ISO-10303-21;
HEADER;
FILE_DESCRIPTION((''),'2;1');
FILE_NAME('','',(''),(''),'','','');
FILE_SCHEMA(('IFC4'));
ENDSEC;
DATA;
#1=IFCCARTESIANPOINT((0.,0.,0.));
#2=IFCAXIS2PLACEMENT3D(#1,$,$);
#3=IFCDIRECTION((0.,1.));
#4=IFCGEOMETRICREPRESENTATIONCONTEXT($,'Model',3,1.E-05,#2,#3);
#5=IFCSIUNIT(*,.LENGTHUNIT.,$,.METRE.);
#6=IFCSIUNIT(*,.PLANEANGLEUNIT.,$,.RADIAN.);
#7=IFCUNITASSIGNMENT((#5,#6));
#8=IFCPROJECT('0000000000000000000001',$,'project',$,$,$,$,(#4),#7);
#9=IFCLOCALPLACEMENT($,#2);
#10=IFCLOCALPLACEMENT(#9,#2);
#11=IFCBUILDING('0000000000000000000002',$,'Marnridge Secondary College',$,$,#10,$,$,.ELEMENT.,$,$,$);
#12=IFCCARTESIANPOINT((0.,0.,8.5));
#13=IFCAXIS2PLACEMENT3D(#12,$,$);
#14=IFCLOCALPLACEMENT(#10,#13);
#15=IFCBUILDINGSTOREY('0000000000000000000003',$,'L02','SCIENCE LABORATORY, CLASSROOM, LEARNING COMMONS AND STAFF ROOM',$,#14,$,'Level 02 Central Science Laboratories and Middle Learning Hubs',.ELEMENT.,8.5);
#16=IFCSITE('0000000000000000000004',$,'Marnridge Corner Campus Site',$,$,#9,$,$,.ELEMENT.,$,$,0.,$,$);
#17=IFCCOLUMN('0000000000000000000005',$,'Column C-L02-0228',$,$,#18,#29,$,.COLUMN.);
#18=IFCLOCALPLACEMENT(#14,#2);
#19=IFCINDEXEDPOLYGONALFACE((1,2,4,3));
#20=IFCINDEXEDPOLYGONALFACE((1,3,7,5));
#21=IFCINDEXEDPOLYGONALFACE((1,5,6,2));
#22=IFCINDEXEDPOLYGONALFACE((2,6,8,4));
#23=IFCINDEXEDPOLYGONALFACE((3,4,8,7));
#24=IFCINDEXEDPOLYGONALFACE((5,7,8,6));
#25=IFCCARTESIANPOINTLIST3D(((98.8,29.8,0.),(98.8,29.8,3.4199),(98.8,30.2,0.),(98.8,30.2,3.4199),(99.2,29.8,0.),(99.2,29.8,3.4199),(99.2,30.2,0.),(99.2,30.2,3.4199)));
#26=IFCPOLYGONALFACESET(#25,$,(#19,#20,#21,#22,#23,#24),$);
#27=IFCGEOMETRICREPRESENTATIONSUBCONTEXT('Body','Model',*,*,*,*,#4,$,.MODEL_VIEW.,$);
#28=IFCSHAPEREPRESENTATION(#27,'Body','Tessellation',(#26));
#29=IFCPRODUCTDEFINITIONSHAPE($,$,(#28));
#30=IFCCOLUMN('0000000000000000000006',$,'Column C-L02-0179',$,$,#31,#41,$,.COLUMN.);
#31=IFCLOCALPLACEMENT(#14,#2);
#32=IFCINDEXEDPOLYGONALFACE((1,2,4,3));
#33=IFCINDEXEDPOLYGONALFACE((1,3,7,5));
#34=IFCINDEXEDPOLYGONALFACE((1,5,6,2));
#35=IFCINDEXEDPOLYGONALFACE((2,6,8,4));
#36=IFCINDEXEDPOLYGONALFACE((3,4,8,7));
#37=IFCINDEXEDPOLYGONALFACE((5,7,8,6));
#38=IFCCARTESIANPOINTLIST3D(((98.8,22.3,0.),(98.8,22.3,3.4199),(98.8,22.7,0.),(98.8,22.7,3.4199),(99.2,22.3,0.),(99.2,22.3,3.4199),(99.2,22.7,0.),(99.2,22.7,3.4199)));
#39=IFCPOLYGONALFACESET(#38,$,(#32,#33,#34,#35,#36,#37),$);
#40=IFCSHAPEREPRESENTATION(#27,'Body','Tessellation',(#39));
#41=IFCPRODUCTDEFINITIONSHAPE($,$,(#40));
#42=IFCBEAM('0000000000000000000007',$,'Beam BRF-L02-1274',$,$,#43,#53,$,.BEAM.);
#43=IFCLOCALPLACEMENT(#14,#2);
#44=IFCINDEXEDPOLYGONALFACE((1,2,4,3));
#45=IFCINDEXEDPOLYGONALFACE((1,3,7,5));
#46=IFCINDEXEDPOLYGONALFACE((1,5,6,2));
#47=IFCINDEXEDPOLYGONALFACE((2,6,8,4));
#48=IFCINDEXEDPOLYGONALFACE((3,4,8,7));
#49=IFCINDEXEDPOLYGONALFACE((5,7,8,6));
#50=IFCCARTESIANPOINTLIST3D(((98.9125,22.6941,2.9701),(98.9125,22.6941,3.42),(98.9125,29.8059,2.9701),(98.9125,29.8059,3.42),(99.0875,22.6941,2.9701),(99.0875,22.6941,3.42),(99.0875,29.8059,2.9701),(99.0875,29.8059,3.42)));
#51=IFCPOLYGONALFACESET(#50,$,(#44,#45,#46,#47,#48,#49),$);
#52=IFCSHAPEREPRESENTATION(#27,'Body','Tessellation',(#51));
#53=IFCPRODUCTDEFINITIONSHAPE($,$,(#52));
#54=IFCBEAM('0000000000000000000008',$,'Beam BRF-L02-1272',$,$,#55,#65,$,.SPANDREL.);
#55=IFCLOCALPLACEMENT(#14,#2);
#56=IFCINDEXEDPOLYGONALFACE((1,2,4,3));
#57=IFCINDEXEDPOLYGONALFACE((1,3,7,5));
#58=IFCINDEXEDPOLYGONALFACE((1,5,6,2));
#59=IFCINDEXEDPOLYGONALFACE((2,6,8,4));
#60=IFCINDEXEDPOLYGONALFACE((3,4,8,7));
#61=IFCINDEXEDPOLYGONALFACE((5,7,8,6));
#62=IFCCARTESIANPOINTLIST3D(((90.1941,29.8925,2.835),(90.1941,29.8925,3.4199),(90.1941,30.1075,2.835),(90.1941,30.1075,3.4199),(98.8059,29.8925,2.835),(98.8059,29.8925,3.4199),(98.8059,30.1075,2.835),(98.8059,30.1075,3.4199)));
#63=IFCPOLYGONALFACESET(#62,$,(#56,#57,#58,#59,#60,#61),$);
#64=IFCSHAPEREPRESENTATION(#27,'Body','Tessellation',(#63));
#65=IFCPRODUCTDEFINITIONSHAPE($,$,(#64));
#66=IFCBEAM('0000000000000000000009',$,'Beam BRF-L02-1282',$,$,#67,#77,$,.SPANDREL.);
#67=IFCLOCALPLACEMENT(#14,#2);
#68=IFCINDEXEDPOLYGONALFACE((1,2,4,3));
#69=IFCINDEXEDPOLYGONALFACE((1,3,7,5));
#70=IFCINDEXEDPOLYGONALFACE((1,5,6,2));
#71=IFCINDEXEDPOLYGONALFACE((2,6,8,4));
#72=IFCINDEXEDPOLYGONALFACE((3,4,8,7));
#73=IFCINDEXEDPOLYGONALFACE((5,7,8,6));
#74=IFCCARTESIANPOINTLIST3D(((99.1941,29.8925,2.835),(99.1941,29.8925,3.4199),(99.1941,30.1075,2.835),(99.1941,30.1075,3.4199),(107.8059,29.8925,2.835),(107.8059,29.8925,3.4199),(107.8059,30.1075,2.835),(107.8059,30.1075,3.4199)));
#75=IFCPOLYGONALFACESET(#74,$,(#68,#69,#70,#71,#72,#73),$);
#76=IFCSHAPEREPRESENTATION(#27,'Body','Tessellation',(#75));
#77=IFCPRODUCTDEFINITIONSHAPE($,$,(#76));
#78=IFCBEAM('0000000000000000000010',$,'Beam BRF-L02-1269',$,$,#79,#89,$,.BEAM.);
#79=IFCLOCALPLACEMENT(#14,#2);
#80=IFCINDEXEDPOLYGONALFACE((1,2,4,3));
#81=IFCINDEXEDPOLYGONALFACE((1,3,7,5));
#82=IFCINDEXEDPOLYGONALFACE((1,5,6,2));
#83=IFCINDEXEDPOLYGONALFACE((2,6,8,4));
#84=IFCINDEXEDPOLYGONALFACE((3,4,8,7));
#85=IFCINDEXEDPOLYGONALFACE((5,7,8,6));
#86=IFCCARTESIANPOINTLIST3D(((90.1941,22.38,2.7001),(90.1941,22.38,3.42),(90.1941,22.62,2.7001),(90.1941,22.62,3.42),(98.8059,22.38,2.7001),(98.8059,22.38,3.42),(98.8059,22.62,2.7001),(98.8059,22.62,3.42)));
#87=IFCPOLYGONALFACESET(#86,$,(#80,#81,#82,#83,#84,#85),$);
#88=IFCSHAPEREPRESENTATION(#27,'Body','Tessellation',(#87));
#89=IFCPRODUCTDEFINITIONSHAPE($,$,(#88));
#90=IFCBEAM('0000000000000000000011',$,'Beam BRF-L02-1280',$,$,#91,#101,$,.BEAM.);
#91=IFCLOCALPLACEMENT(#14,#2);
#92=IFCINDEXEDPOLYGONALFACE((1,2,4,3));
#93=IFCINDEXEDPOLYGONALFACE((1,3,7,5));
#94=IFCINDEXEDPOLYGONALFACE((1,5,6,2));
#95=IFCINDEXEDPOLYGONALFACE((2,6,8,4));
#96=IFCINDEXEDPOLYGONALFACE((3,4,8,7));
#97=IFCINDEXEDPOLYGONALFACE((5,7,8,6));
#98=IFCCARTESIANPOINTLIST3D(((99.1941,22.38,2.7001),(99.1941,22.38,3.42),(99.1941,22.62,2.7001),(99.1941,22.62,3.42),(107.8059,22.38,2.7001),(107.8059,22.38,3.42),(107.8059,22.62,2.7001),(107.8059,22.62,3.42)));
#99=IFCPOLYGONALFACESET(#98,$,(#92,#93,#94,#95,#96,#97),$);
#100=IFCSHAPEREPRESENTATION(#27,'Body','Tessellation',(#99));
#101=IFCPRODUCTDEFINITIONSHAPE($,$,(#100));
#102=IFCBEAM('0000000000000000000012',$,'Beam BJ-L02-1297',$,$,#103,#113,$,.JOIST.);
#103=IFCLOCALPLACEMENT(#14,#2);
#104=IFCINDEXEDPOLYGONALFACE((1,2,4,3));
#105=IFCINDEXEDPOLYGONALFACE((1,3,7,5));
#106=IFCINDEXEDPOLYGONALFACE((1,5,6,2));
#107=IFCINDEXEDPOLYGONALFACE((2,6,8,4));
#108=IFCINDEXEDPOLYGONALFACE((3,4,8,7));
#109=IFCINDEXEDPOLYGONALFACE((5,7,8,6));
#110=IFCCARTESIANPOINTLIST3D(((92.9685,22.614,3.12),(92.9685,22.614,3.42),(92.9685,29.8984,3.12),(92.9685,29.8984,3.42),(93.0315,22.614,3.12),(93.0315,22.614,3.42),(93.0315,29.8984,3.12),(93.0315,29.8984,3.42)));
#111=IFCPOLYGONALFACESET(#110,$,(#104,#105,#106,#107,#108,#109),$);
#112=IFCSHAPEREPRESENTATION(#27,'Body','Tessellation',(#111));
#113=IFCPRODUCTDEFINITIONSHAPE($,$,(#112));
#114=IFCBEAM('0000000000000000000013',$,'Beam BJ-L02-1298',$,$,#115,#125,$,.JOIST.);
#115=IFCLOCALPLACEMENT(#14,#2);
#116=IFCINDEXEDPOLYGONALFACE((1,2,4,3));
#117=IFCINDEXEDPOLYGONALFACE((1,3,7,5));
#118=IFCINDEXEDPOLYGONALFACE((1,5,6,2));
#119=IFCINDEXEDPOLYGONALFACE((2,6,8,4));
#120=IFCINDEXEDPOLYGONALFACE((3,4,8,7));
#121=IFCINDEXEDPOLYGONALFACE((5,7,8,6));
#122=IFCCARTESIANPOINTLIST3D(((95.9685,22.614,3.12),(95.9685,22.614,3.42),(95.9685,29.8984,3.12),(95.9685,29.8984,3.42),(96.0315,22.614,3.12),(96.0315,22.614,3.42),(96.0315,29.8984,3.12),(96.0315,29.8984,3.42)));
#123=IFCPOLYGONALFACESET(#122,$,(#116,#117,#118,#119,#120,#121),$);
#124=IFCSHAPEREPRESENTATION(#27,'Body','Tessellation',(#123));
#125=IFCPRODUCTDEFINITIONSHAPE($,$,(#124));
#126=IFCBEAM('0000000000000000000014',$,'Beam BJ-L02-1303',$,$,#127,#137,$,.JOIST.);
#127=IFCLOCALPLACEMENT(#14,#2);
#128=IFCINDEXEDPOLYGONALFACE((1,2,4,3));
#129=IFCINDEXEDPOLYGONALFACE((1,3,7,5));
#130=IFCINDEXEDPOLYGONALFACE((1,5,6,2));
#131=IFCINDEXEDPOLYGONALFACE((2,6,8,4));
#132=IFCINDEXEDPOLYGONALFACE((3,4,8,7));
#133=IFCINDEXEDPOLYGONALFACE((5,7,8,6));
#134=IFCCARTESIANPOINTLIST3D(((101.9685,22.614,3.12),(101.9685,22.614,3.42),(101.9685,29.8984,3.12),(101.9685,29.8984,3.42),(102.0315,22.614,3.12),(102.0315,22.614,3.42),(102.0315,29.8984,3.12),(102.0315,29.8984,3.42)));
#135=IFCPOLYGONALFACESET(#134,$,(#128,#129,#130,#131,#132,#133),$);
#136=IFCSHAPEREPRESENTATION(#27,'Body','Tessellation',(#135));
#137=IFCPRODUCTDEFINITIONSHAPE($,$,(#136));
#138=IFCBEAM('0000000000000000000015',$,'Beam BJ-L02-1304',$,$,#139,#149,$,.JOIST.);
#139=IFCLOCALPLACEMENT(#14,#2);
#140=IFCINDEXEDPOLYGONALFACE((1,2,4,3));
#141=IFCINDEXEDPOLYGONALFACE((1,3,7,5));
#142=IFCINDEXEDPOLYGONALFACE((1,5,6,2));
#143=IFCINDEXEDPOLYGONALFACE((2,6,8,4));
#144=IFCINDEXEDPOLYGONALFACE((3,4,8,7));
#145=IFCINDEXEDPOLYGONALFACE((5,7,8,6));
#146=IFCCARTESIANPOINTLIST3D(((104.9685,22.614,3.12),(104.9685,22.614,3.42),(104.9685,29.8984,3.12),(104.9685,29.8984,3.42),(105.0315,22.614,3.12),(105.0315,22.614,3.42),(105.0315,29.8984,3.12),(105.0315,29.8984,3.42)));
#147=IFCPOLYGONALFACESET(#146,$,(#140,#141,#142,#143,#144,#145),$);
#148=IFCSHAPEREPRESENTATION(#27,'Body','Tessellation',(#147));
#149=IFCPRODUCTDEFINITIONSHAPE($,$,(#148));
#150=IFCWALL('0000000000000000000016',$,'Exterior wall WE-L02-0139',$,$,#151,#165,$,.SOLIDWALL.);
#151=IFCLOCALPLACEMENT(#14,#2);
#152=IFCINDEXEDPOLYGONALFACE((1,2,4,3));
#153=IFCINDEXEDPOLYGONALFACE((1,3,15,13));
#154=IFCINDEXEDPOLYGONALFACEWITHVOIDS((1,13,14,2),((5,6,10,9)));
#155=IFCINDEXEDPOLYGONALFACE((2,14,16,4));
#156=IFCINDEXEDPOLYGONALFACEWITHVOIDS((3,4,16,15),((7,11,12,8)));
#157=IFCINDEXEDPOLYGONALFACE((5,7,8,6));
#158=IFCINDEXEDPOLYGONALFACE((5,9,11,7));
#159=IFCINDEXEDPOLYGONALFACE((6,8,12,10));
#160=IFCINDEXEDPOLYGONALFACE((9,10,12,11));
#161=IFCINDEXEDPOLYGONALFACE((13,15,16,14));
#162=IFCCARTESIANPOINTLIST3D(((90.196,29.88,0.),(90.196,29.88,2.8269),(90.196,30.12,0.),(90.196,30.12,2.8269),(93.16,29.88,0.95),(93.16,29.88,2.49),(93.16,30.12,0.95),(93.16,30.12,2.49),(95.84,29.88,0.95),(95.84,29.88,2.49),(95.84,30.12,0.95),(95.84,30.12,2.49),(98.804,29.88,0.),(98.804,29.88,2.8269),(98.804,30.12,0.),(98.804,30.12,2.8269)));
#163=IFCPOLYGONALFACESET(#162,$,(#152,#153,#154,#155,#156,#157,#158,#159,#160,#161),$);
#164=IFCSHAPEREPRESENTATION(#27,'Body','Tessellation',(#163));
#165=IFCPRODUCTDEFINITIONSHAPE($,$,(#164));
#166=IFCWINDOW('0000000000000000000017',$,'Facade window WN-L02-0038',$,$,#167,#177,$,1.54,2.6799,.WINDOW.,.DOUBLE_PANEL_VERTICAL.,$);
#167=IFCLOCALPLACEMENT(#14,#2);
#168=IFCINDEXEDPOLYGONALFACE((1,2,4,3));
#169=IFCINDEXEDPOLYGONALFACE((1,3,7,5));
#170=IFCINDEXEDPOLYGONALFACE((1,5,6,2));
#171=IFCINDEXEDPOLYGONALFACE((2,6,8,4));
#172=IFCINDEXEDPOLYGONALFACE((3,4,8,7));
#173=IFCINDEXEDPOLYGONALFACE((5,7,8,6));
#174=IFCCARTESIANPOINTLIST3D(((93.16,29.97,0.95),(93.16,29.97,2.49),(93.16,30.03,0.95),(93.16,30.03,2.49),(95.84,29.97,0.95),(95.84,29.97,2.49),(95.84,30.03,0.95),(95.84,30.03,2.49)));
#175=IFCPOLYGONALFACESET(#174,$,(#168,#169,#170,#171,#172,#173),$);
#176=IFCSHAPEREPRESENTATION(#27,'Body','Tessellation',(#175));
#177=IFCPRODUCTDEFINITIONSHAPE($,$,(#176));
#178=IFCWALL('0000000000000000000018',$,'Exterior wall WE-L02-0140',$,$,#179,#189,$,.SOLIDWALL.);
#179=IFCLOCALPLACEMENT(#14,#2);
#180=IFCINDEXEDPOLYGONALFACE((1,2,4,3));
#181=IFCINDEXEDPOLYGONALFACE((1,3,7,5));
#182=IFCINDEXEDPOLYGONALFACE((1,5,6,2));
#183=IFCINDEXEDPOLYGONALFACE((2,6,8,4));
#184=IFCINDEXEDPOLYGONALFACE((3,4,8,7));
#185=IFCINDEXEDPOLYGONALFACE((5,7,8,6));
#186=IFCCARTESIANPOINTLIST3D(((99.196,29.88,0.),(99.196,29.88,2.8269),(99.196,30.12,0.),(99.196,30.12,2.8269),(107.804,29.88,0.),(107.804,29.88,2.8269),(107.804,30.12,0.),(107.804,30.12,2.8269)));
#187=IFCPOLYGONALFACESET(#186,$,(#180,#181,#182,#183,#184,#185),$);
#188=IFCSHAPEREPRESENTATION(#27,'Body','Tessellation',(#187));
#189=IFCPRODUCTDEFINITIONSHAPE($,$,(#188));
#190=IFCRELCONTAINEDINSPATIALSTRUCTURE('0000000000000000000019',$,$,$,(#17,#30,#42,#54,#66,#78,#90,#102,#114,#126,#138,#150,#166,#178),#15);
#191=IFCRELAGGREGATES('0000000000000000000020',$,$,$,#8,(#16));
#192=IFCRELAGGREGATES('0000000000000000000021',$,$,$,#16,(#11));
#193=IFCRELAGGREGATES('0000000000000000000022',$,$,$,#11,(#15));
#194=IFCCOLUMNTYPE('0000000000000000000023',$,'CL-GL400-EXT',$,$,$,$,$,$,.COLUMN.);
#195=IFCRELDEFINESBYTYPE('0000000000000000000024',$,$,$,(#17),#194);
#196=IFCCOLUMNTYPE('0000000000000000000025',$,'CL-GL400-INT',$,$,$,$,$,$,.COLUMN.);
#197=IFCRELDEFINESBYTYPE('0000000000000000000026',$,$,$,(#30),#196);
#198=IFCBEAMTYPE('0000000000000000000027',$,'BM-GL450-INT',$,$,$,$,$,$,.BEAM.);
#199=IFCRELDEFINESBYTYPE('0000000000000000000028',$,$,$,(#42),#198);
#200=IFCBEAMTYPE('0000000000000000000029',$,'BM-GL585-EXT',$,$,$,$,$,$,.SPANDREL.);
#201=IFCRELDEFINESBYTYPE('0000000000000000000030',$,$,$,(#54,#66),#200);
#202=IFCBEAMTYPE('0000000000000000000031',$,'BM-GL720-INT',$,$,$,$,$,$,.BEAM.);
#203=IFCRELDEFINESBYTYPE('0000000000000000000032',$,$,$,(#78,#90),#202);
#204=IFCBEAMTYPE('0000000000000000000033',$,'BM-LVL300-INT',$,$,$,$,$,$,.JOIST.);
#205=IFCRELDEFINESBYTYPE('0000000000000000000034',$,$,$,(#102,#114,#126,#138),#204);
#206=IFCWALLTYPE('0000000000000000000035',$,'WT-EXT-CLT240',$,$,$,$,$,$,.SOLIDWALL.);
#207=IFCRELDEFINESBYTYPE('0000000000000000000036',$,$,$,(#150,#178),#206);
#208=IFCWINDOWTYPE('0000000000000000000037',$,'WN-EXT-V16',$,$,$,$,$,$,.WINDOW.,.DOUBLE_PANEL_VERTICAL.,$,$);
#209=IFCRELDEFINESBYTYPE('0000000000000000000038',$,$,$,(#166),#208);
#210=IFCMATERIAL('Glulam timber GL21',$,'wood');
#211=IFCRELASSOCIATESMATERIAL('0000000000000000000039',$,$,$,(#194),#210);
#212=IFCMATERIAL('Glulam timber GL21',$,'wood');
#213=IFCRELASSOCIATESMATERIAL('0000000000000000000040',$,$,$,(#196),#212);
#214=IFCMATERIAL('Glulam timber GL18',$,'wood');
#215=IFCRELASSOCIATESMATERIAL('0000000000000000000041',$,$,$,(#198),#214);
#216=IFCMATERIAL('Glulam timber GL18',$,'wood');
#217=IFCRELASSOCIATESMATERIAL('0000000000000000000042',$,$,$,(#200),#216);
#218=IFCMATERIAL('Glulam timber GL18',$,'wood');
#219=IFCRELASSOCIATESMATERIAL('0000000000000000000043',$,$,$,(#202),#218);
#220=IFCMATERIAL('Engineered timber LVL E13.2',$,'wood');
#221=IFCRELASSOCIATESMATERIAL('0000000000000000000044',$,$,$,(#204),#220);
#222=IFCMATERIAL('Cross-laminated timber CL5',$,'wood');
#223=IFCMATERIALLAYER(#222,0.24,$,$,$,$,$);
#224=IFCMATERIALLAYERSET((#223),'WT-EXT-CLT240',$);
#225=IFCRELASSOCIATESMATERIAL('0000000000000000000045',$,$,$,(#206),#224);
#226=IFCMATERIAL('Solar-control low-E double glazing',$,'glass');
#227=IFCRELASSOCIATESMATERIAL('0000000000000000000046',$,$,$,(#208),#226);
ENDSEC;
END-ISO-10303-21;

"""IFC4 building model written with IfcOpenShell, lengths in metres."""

from ifc_helpers import new_model, si_unit, direction, frame, frame_2d, origin, origin_2d, place, context, subcontext, project, spatial, rectangle, extrude, material, layer, layer_set, material_profile, profile_set, type_object, element, fill, save


model = new_model("IFC4")

# Units and contexts
model_context = context("Model", 3, precision=1e-05, world=origin(), true_north=direction((0.0, 1.0)))
body_context = subcontext(model_context, "Body", "Model", "MODEL_VIEW")
ifc_project = project(units=[si_unit("LENGTHUNIT", "METRE"), si_unit("PLANEANGLEUNIT", "RADIAN")], contexts=[model_context])

# Site, building, storey
site_placement = place(None, origin())
site = spatial("IfcSite", under=ifc_project, at=site_placement, Name="Marnridge Corner Campus Site", CompositionType="ELEMENT", RefElevation=0.0)
building_placement = place(site_placement, origin())
building = spatial("IfcBuilding", under=site, at=building_placement, Name="Marnridge Secondary College", CompositionType="ELEMENT")
storey_placement = place(building_placement, frame((0.0, 0.0, 8.5)))
storey = spatial("IfcBuildingStorey", under=building, at=storey_placement, Name="L02", Description="SCIENCE LABORATORY, CLASSROOM, LEARNING COMMONS AND STAFF ROOM", LongName="Level 02 Central Science Laboratories and Middle Learning Hubs", CompositionType="ELEMENT", Elevation=8.5)

# Columns
ifc_material_1 = material(Name="Glulam timber GL21", Category="wood")
ifc_material_profile_1 = material_profile(ifc_material_1, rectangle(XDim=0.3999, YDim=0.3999, at=origin_2d()), Name="GL21 400x400")
ifc_profile_set_1 = profile_set([ifc_material_profile_1], Name="Glulam timber GL21")
column_type_1 = type_object("IfcColumnType", Name="CL-GL400-EXT", PredefinedType="COLUMN", material=ifc_profile_set_1)
column_1_placement = place(storey_placement, frame((99.0, 30.0, 0.0), z_axis=(0.0, 0.0, 1.0), x_axis=(1.0, 0.0, 0.0)))
element("IfcColumn", 1, at=column_1_placement, inside=storey, type_object=column_type_1, Name="Column C-L02-0228", PredefinedType="COLUMN", context=body_context, shape_type="SweptSolid", body=[
    extrude(rectangle(XDim=0.3999, YDim=0.3999, at=origin_2d()), origin(), (0.0, 0.0, 1.0), 3.4199),
])
ifc_material_2 = material(Name="Glulam timber GL21", Category="wood")
ifc_material_profile_2 = material_profile(ifc_material_2, rectangle(XDim=0.3999, YDim=0.3999, at=origin_2d()), Name="GL21 400x400")
ifc_profile_set_2 = profile_set([ifc_material_profile_2], Name="Glulam timber GL21")
column_type_2 = type_object("IfcColumnType", Name="CL-GL400-INT", PredefinedType="COLUMN", material=ifc_profile_set_2)
column_2_placement = place(storey_placement, frame((99.0, 22.5, 0.0), z_axis=(0.0, 0.0, 1.0), x_axis=(1.0, 0.0, 0.0)))
element("IfcColumn", 2, at=column_2_placement, inside=storey, type_object=column_type_2, Name="Column C-L02-0179", PredefinedType="COLUMN", context=body_context, shape_type="SweptSolid", body=[
    extrude(rectangle(XDim=0.3999, YDim=0.3999, at=origin_2d()), origin(), (0.0, 0.0, 1.0), 3.4199),
])

# Beams
ifc_material_3 = material(Name="Glulam timber GL18", Category="wood")
ifc_material_profile_3 = material_profile(ifc_material_3, rectangle(XDim=0.175, YDim=0.45, at=origin_2d()), Name="GL18 175x450")
ifc_profile_set_3 = profile_set([ifc_material_profile_3], Name="Glulam timber GL18")
beam_type_1 = type_object("IfcBeamType", Name="BM-GL450-INT", PredefinedType="BEAM", material=ifc_profile_set_3)
beam_placement = place(storey_placement, frame((99.0, 22.6941, 3.1951), z_axis=(0.0, 1.0, 0.0), x_axis=(-1.0, 0.0, 0.0)))
element("IfcBeam", 3, at=beam_placement, inside=storey, type_object=beam_type_1, Name="Beam BRF-L02-1274", PredefinedType="BEAM", context=body_context, shape_type="SweptSolid", body=[
    extrude(rectangle(XDim=0.175, YDim=0.45, at=origin_2d()), origin(), (0.0, 0.0, 1.0), 7.1118),
])
ifc_material_4 = material(Name="Glulam timber GL18", Category="wood")
ifc_material_profile_4 = material_profile(ifc_material_4, rectangle(XDim=0.2151, YDim=0.585, at=origin_2d()), Name="GL18 215x585")
ifc_profile_set_4 = profile_set([ifc_material_profile_4], Name="Glulam timber GL18")
beam_type_2 = type_object("IfcBeamType", Name="BM-GL585-EXT", PredefinedType="SPANDREL", material=ifc_profile_set_4)
for number, where, z_axis, x_axis, name in (
    (4, (90.1941, 30.0, 3.1274), (1.0, 0.0, 0.0), (0.0, 1.0, 0.0), "Beam BRF-L02-1272"),
    (5, (99.1941, 30.0, 3.1274), (1.0, 0.0, 0.0), (0.0, 1.0, 0.0), "Beam BRF-L02-1282"),
):
    element("IfcBeam", number, at=place(storey_placement, frame(where, z_axis=z_axis, x_axis=x_axis)), inside=storey, type_object=beam_type_2, Name=name, PredefinedType="SPANDREL", context=body_context, shape_type="SweptSolid", body=[
        extrude(rectangle(XDim=0.2151, YDim=0.585, at=origin_2d()), origin(), (0.0, 0.0, 1.0), 8.6118),
    ])
ifc_material_5 = material(Name="Glulam timber GL18", Category="wood")
ifc_material_profile_5 = material_profile(ifc_material_5, rectangle(XDim=0.24, YDim=0.72, at=origin_2d()), Name="GL18 240x720")
ifc_profile_set_5 = profile_set([ifc_material_profile_5], Name="Glulam timber GL18")
beam_type_3 = type_object("IfcBeamType", Name="BM-GL720-INT", PredefinedType="BEAM", material=ifc_profile_set_5)
for number, where, z_axis, x_axis, name in (
    (6, (90.1941, 22.5, 3.0601), (1.0, 0.0, 0.0), (0.0, 1.0, 0.0), "Beam BRF-L02-1269"),
    (7, (99.1941, 22.5, 3.0601), (1.0, 0.0, 0.0), (0.0, 1.0, 0.0), "Beam BRF-L02-1280"),
):
    element("IfcBeam", number, at=place(storey_placement, frame(where, z_axis=z_axis, x_axis=x_axis)), inside=storey, type_object=beam_type_3, Name=name, PredefinedType="BEAM", context=body_context, shape_type="SweptSolid", body=[
        extrude(rectangle(XDim=0.24, YDim=0.72, at=origin_2d()), origin(), (0.0, 0.0, 1.0), 8.6118),
    ])
ifc_material_6 = material(Name="Engineered timber LVL E13.2", Category="wood")
ifc_material_profile_6 = material_profile(ifc_material_6, rectangle(XDim=0.063, YDim=0.3, at=origin_2d()), Name="LVL 63x300")
ifc_profile_set_6 = profile_set([ifc_material_profile_6], Name="Engineered timber LVL E13.2")
beam_type_4 = type_object("IfcBeamType", Name="BM-LVL300-INT", PredefinedType="JOIST", material=ifc_profile_set_6)
for number, where, z_axis, x_axis, name in (
    (8, (93.0, 22.614, 3.27), (0.0, 1.0, 0.0), (-1.0, 0.0, 0.0), "Beam BJ-L02-1297"),
    (9, (96.0, 22.614, 3.27), (0.0, 1.0, 0.0), (-1.0, 0.0, 0.0), "Beam BJ-L02-1298"),
    (10, (102.0, 22.614, 3.27), (0.0, 1.0, 0.0), (-1.0, 0.0, 0.0), "Beam BJ-L02-1303"),
    (11, (105.0, 22.614, 3.27), (0.0, 1.0, 0.0), (-1.0, 0.0, 0.0), "Beam BJ-L02-1304"),
):
    element("IfcBeam", number, at=place(storey_placement, frame(where, z_axis=z_axis, x_axis=x_axis)), inside=storey, type_object=beam_type_4, Name=name, PredefinedType="JOIST", context=body_context, shape_type="SweptSolid", body=[
        extrude(rectangle(XDim=0.063, YDim=0.3, at=origin_2d()), origin(), (0.0, 0.0, 1.0), 7.2844),
    ])

# Wall, opening, window
ifc_material_7 = material(Name="Cross-laminated timber CL5", Category="wood")
ifc_layer_1 = layer(ifc_material_7, 0.24)
ifc_layer_set_1 = layer_set([ifc_layer_1], Name="WT-EXT-CLT240")
wall_type_1 = type_object("IfcWallType", Name="WT-EXT-CLT240", PredefinedType="SOLIDWALL", material=ifc_layer_set_1)
wall_1_placement = place(storey_placement, frame((90.196, 30.0, 0.0), z_axis=(0.0, 0.0, 1.0), x_axis=(1.0, 0.0, 0.0)))
wall_1 = element("IfcWall", 12, at=wall_1_placement, inside=storey, type_object=wall_type_1, Name="Exterior wall WE-L02-0139", PredefinedType="SOLIDWALL", context=body_context, shape_type="SweptSolid", body=[
    extrude(rectangle(XDim=8.6079, YDim=0.24, at=frame_2d((4.304, 0.0))), origin(), (0.0, 0.0, 1.0), 2.8269),
])
opening_1_placement = place(wall_1_placement, frame((2.9641, 0.0, 0.95)))
opening_1 = element("IfcOpeningElement", 13, at=opening_1_placement, cuts=wall_1, PredefinedType="OPENING", context=body_context, shape_type="SweptSolid", body=[
    extrude(rectangle(XDim=2.6799, YDim=1.54, at=frame_2d((1.3398, 0.77))), frame((0.0, 0.1299, 0.0), z_axis=(0.0, -1.0, 0.0), x_axis=(1.0, 0.0, 0.0)), (0.0, 0.0, 1.0), 0.26),
])
ifc_material_8 = material(Name="Solar-control low-E double glazing", Category="glass")
window_type_1 = type_object("IfcWindowType", Name="WN-EXT-V16", PartitioningType="DOUBLE_PANEL_VERTICAL", PredefinedType="WINDOW", material=ifc_material_8)
window_1_placement = place(opening_1_placement, origin())
window_1 = element("IfcWindow", 14, at=window_1_placement, inside=storey, type_object=window_type_1, Name="Facade window WN-L02-0038", OverallHeight=1.54, OverallWidth=2.6799, PartitioningType="DOUBLE_PANEL_VERTICAL", PredefinedType="WINDOW", context=body_context, shape_type="SweptSolid", body=[
    extrude(rectangle(XDim=2.6799, YDim=1.54, at=frame_2d((1.3398, 0.77))), frame((0.0, 0.03, 0.0), z_axis=(0.0, -1.0, 0.0), x_axis=(1.0, 0.0, 0.0)), (0.0, 0.0, 1.0), 0.0601),
])
fill(opening_1, window_1)

# Wall
wall_2_placement = place(storey_placement, frame((99.196, 30.0, 0.0), z_axis=(0.0, 0.0, 1.0), x_axis=(1.0, 0.0, 0.0)))
element("IfcWall", 15, at=wall_2_placement, inside=storey, type_object=wall_type_1, Name="Exterior wall WE-L02-0140", PredefinedType="SOLIDWALL", context=body_context, shape_type="SweptSolid", body=[
    extrude(rectangle(XDim=8.6079, YDim=0.24, at=frame_2d((4.304, 0.0))), origin(), (0.0, 0.0, 1.0), 2.8269),
])

save(model, "model.ifc")
